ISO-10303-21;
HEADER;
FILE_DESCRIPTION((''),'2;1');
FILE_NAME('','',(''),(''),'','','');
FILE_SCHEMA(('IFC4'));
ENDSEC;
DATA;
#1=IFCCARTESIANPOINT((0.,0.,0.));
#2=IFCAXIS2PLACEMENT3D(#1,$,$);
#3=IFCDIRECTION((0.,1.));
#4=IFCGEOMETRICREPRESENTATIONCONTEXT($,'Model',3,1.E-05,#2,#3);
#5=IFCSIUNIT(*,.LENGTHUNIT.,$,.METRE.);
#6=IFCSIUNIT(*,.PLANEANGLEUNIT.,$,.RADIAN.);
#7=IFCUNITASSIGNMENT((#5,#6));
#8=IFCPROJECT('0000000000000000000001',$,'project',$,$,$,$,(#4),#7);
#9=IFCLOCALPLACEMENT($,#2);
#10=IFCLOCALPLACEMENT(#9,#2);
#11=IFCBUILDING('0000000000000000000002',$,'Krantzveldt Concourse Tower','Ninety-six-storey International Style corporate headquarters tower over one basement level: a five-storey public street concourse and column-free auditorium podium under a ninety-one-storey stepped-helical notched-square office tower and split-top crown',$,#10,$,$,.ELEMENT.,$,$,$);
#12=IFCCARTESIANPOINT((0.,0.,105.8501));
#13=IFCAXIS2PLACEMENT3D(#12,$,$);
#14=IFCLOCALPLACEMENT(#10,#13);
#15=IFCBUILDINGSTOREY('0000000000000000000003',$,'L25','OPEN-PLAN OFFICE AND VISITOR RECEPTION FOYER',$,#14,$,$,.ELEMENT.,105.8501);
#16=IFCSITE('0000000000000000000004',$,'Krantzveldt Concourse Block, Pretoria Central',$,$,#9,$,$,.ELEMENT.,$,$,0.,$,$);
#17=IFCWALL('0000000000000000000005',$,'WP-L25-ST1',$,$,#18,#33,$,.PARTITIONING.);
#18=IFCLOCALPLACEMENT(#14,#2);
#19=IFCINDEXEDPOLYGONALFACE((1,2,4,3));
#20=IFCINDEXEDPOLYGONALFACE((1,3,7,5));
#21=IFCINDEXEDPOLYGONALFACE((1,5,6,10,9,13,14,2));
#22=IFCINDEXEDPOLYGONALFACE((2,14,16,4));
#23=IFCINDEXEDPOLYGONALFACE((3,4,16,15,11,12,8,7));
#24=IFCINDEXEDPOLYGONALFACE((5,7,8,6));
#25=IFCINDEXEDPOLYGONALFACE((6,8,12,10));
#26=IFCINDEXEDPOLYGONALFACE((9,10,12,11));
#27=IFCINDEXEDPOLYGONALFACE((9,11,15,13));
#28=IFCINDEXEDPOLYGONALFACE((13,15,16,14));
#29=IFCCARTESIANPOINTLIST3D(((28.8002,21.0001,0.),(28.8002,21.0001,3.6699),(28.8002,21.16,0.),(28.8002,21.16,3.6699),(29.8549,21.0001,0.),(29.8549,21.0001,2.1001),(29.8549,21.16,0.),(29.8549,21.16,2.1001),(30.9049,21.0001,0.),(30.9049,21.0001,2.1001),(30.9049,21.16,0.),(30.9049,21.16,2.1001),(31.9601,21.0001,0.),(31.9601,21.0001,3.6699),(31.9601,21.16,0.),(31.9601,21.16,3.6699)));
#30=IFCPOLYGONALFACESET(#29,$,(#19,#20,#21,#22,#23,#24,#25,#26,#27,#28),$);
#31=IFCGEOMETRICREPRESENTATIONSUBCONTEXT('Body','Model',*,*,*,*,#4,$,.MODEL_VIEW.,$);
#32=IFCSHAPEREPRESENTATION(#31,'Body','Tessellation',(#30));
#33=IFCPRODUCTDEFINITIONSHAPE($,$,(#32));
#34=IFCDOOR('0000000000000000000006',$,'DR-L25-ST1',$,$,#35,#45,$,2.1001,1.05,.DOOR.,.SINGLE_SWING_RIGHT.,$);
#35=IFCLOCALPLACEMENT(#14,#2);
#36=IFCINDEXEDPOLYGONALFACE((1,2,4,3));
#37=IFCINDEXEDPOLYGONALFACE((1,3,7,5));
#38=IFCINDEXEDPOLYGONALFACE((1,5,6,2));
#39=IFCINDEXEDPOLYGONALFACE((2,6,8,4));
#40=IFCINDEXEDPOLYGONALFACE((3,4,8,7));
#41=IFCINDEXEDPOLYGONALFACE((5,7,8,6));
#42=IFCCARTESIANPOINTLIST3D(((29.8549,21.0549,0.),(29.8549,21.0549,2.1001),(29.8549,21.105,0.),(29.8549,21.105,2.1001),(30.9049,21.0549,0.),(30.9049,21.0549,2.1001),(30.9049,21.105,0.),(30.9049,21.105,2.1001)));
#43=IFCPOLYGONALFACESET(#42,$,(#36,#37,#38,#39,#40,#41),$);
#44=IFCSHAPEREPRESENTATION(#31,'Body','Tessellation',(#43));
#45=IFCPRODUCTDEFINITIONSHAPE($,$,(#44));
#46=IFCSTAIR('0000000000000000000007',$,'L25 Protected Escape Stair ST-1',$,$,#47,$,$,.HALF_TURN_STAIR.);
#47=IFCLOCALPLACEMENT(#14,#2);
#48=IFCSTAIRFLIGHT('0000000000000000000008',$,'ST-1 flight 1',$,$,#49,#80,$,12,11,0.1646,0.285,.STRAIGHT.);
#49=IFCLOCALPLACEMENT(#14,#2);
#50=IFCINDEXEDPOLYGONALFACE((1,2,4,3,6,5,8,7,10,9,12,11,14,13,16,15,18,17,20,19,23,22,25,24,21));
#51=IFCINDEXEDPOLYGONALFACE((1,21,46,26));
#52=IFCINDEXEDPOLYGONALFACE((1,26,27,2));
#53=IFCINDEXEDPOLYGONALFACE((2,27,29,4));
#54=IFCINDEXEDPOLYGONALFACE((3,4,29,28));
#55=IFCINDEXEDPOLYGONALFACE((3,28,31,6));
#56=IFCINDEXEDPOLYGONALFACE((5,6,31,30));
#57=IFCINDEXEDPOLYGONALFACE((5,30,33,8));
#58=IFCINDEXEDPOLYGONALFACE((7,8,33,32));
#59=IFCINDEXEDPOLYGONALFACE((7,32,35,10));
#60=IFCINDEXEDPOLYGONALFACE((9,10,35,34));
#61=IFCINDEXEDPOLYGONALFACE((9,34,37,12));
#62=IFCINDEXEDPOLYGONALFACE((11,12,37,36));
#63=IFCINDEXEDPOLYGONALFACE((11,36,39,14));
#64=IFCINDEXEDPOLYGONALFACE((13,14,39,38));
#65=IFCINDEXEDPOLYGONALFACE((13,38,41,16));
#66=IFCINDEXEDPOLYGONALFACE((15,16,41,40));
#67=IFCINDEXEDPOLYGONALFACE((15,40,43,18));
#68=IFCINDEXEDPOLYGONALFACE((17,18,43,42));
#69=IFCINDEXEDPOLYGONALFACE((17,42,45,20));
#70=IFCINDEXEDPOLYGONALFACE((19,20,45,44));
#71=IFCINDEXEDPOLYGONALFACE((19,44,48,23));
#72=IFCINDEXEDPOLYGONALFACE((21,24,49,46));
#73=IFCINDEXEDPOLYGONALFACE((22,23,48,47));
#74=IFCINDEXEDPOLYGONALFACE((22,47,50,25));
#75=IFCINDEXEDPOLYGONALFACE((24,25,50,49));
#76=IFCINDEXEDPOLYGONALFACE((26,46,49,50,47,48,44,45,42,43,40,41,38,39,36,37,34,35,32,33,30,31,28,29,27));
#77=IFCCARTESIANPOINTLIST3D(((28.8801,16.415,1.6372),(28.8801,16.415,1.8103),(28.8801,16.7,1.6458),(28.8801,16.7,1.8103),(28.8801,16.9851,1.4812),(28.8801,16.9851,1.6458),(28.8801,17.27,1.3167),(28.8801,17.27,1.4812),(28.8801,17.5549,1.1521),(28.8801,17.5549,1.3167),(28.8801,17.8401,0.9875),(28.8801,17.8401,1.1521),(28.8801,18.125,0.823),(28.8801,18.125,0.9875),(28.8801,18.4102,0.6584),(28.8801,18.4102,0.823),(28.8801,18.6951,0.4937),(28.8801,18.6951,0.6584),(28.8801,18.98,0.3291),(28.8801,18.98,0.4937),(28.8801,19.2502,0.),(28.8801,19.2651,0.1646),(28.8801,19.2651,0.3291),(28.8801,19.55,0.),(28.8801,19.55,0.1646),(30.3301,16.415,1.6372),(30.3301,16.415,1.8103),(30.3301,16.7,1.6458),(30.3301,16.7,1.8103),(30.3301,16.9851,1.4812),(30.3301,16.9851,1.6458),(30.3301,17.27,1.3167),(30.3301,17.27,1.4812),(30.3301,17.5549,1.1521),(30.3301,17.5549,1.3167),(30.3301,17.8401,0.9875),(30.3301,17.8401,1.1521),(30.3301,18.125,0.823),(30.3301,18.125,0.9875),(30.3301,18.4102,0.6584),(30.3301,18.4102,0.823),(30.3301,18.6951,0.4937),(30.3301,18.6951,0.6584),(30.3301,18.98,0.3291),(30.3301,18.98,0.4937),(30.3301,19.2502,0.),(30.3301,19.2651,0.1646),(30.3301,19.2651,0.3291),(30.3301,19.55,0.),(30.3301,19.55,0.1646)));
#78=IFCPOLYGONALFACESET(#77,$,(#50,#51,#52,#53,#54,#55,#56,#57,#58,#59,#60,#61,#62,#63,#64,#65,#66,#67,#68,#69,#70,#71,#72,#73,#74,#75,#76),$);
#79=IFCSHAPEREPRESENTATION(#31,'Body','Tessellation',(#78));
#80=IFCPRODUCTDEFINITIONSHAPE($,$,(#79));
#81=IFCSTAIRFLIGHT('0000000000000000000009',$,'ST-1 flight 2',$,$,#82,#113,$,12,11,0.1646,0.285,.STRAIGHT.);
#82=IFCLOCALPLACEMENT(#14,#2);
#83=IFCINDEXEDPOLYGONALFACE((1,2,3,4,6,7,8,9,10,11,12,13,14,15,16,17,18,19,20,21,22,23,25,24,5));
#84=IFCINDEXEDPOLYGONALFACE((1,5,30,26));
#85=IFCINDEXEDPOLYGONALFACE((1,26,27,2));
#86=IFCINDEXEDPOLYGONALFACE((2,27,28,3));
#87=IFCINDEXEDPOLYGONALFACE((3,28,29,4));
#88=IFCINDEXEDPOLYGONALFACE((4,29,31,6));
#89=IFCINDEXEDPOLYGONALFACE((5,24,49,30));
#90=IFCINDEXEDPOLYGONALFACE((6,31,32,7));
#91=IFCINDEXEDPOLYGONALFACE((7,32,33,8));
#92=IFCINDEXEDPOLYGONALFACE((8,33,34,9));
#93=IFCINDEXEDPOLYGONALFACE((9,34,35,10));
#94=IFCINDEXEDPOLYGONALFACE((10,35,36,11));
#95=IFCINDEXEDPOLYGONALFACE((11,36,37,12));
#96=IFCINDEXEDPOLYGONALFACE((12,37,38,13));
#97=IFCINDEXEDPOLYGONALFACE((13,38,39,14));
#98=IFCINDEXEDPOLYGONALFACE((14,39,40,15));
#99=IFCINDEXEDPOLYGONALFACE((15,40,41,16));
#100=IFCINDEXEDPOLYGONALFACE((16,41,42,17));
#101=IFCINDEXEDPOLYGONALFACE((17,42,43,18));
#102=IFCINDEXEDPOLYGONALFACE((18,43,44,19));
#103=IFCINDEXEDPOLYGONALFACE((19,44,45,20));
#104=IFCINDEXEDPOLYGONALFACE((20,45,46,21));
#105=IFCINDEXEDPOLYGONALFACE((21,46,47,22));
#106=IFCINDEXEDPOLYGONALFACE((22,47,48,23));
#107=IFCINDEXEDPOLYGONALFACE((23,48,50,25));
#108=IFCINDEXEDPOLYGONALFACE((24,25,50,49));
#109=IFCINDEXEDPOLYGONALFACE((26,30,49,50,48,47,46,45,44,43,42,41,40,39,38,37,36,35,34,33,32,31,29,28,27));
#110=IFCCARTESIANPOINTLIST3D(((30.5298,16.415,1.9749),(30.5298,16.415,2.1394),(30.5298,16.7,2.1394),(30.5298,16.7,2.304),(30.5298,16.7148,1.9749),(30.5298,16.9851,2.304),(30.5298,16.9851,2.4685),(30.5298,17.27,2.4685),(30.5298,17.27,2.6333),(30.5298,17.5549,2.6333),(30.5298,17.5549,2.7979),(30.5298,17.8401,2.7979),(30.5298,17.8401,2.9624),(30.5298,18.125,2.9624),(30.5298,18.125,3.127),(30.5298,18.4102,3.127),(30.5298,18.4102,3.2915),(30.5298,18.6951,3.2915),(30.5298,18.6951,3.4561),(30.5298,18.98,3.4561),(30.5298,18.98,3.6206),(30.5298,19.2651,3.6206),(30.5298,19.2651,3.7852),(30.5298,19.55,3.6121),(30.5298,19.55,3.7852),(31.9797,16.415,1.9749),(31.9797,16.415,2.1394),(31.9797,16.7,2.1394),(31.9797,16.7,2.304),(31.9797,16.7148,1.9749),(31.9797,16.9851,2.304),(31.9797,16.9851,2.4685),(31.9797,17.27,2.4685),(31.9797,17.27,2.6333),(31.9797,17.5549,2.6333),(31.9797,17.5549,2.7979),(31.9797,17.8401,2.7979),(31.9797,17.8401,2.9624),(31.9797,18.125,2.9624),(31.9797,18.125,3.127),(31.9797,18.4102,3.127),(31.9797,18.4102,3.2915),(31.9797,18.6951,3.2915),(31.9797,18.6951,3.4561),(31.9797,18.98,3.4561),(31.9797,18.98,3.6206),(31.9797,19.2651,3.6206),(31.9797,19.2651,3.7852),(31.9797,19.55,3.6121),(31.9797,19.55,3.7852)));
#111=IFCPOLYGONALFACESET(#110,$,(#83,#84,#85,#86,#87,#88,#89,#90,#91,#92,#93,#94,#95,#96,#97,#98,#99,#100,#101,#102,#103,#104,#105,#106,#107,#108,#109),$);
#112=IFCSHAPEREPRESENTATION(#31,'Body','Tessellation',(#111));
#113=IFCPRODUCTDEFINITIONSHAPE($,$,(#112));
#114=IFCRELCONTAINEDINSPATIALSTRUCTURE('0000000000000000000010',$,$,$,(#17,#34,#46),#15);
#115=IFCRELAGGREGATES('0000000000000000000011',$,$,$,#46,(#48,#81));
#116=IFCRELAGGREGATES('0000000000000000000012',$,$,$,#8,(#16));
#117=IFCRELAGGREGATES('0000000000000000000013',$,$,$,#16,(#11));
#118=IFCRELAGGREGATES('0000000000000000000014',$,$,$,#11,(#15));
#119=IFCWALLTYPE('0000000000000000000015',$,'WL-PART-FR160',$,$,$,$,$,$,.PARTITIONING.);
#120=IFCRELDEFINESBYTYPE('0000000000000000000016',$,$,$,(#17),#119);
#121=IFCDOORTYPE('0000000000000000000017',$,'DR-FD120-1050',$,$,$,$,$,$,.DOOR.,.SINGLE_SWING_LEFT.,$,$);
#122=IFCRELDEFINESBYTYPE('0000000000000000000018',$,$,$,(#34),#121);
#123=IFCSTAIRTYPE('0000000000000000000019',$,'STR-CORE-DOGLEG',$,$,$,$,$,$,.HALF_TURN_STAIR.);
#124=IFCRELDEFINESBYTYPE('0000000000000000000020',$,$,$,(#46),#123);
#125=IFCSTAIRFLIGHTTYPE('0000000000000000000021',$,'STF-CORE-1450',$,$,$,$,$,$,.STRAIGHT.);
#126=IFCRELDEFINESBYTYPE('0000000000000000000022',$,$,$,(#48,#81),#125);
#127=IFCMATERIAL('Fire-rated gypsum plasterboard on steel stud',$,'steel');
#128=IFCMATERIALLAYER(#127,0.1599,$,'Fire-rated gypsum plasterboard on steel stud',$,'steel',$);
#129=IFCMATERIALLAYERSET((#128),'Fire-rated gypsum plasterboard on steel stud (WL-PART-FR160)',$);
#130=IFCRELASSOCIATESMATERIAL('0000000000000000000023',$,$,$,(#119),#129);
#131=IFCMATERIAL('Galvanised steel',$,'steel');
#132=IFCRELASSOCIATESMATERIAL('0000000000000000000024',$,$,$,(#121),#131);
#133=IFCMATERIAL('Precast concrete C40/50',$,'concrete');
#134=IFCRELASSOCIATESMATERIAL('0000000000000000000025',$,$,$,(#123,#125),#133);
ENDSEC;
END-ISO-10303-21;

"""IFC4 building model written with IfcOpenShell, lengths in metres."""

from ifc_helpers import new_model, si_unit, direction, frame, frame_2d, origin, place, context, subcontext, project, spatial, polyline, rectangle, outline, extrude, material, layer, layer_set, type_object, element, fill, aggregate, save


model = new_model("IFC4")

# Units and contexts
model_context = context("Model", 3, precision=1e-05, world=origin(), true_north=direction((0.0, 1.0)))
body_context = subcontext(model_context, "Body", "Model", "MODEL_VIEW")
ifc_project = project(units=[si_unit("LENGTHUNIT", "METRE"), si_unit("PLANEANGLEUNIT", "RADIAN")], contexts=[model_context])

# Site, building, storey
site_placement = place(None, origin())
site = spatial("IfcSite", under=ifc_project, at=site_placement, Name="Krantzveldt Concourse Block, Pretoria Central", CompositionType="ELEMENT", RefElevation=0.0)
building_placement = place(site_placement, origin())
building = spatial("IfcBuilding", under=site, at=building_placement, Name="Krantzveldt Concourse Tower", Description="Ninety-six-storey International Style corporate headquarters tower over one basement level: a five-storey public street concourse and column-free auditorium podium under a ninety-one-storey stepped-helical notched-square office tower and split-top crown", CompositionType="ELEMENT")
storey_placement = place(building_placement, frame((0.0, 0.0, 105.8501)))
storey = spatial("IfcBuildingStorey", under=building, at=storey_placement, Name="L25", Description="OPEN-PLAN OFFICE AND VISITOR RECEPTION FOYER", CompositionType="ELEMENT", Elevation=105.8501)

# Shared definitions
ifc_material_1 = material(Name="Fire-rated gypsum plasterboard on steel stud", Category="steel")

# Wall, opening, door
ifc_layer_1 = layer(ifc_material_1, 0.1599, Name="Fire-rated gypsum plasterboard on steel stud", Category="steel")
ifc_layer_set_1 = layer_set([ifc_layer_1], Name="Fire-rated gypsum plasterboard on steel stud (WL-PART-FR160)")
wall_type_1 = type_object("IfcWallType", Name="WL-PART-FR160", PredefinedType="PARTITIONING", material=ifc_layer_set_1)
wall_1_placement = place(storey_placement, frame((28.8, 21.0801, 0.0), z_axis=(0.0, 0.0, 1.0), x_axis=(1.0, 0.0, 0.0)))
wall_1 = element("IfcWall", 1, at=wall_1_placement, inside=storey, type_object=wall_type_1, Name="WP-L25-ST1", PredefinedType="PARTITIONING", context=body_context, shape_type="SweptSolid", body=[
    extrude(rectangle(XDim=3.1599, YDim=0.1599, at=frame_2d((1.5801, 0.0))), origin(), (0.0, 0.0, 1.0), 3.6699),
])
opening_placement = place(wall_1_placement, frame((1.0549, 0.0, 0.0)))
opening = element("IfcOpeningElement", 2, at=opening_placement, cuts=wall_1, PredefinedType="OPENING", context=body_context, shape_type="SweptSolid", body=[
    extrude(rectangle(XDim=1.05, YDim=2.1001, at=frame_2d((0.5249, 1.05))), frame((0.0, 0.0898, 0.0), z_axis=(0.0, -1.0, 0.0), x_axis=(1.0, 0.0, 0.0)), (0.0, 0.0, 1.0), 0.1799),
])
ifc_material_2 = material(Name="Galvanised steel", Category="steel")
door_type = type_object("IfcDoorType", Name="DR-FD120-1050", OperationType="SINGLE_SWING_LEFT", PredefinedType="DOOR", material=ifc_material_2)
door_placement = place(opening_placement, origin())
door = element("IfcDoor", 3, at=door_placement, inside=storey, type_object=door_type, Name="DR-L25-ST1", OperationType="SINGLE_SWING_RIGHT", OverallHeight=2.1001, OverallWidth=1.05, PredefinedType="DOOR", context=body_context, shape_type="SweptSolid", body=[
    extrude(rectangle(XDim=1.05, YDim=2.1001, at=frame_2d((0.5249, 1.05))), frame((0.0, 0.0249, 0.0), z_axis=(0.0, -1.0, 0.0), x_axis=(1.0, 0.0, 0.0)), (0.0, 0.0, 1.0), 0.05),
])
fill(opening, door)

# Stair, stair flights
ifc_material_3 = material(Name="Precast concrete C40/50", Category="concrete")
stair_type = type_object("IfcStairType", Name="STR-CORE-DOGLEG", PredefinedType="HALF_TURN_STAIR", material=ifc_material_3)
stair_placement = place(storey_placement, origin())
stair = element("IfcStair", 4, at=stair_placement, inside=storey, type_object=stair_type, Name="L25 Protected Escape Stair ST-1", PredefinedType="HALF_TURN_STAIR")
stair_flight_type = type_object("IfcStairFlightType", Name="STF-CORE-1450", PredefinedType="STRAIGHT", material=ifc_material_3)
stair_flight_1_placement = place(storey_placement, frame((29.605, 19.55, 0.0), z_axis=(0.0, 0.0, 1.0), x_axis=(0.0, -1.0, 0.0)))
stair_flight_1 = element("IfcStairFlight", 5, at=stair_flight_1_placement, type_object=stair_flight_type, Name="ST-1 flight 1", NumberOfRisers=12, NumberOfTreads=11, PredefinedType="STRAIGHT", RiserHeight=0.1646, TreadLength=0.285, context=body_context, shape_type="SweptSolid", body=[
    extrude(outline(polyline([(0.0, 0.0), (0.0, 0.1646), (0.2849, 0.1646), (0.2849, 0.3291), (0.5701, 0.3291), (0.5701, 0.4937), (0.855, 0.4937), (0.855, 0.6584), (1.1399, 0.6584), (1.1399, 0.823), (1.425, 0.823), (1.425, 0.9875), (1.71, 0.9875), (1.71, 1.1521), (1.9951, 1.1521), (1.9951, 1.3167), (2.28, 1.3167), (2.28, 1.4812), (2.5649, 1.4812), (2.5649, 1.6458), (2.8501, 1.6458), (2.8501, 1.8103), (3.135, 1.8103), (3.135, 1.9751), (3.135, 1.6372), (0.2998, 0.0), (0.0, 0.0)])), frame((0.0, 0.7251, 0.0), z_axis=(0.0, -1.0, 0.0), x_axis=(1.0, 0.0, 0.0)), (0.0, 0.0, 1.0), 1.45),
])
stair_flight_2_placement = place(storey_placement, frame((31.2549, 16.415, 1.9749), z_axis=(0.0, 0.0, 1.0), x_axis=(0.0, 1.0, 0.0)))
stair_flight_2 = element("IfcStairFlight", 6, at=stair_flight_2_placement, type_object=stair_flight_type, Name="ST-1 flight 2", NumberOfRisers=12, NumberOfTreads=11, PredefinedType="STRAIGHT", RiserHeight=0.1646, TreadLength=0.285, context=body_context, shape_type="SweptSolid", body=[
    extrude(outline(polyline([(0.0, 0.0), (0.0, 0.1646), (0.2849, 0.1646), (0.2849, 0.3291), (0.5701, 0.3291), (0.5701, 0.4937), (0.855, 0.4937), (0.855, 0.6584), (1.1399, 0.6584), (1.1399, 0.823), (1.425, 0.823), (1.425, 0.9875), (1.71, 0.9875), (1.71, 1.1521), (1.9951, 1.1521), (1.9951, 1.3167), (2.28, 1.3167), (2.28, 1.4812), (2.5649, 1.4812), (2.5649, 1.6458), (2.8501, 1.6458), (2.8501, 1.8103), (3.135, 1.8103), (3.135, 1.9751), (3.135, 1.6372), (0.2998, 0.0), (0.0, 0.0)])), frame((0.0, 0.7251, 0.0), z_axis=(0.0, -1.0, 0.0), x_axis=(1.0, 0.0, 0.0)), (0.0, 0.0, 1.0), 1.45),
])
aggregate(stair, [stair_flight_1, stair_flight_2])

save(model, "model.ifc")
